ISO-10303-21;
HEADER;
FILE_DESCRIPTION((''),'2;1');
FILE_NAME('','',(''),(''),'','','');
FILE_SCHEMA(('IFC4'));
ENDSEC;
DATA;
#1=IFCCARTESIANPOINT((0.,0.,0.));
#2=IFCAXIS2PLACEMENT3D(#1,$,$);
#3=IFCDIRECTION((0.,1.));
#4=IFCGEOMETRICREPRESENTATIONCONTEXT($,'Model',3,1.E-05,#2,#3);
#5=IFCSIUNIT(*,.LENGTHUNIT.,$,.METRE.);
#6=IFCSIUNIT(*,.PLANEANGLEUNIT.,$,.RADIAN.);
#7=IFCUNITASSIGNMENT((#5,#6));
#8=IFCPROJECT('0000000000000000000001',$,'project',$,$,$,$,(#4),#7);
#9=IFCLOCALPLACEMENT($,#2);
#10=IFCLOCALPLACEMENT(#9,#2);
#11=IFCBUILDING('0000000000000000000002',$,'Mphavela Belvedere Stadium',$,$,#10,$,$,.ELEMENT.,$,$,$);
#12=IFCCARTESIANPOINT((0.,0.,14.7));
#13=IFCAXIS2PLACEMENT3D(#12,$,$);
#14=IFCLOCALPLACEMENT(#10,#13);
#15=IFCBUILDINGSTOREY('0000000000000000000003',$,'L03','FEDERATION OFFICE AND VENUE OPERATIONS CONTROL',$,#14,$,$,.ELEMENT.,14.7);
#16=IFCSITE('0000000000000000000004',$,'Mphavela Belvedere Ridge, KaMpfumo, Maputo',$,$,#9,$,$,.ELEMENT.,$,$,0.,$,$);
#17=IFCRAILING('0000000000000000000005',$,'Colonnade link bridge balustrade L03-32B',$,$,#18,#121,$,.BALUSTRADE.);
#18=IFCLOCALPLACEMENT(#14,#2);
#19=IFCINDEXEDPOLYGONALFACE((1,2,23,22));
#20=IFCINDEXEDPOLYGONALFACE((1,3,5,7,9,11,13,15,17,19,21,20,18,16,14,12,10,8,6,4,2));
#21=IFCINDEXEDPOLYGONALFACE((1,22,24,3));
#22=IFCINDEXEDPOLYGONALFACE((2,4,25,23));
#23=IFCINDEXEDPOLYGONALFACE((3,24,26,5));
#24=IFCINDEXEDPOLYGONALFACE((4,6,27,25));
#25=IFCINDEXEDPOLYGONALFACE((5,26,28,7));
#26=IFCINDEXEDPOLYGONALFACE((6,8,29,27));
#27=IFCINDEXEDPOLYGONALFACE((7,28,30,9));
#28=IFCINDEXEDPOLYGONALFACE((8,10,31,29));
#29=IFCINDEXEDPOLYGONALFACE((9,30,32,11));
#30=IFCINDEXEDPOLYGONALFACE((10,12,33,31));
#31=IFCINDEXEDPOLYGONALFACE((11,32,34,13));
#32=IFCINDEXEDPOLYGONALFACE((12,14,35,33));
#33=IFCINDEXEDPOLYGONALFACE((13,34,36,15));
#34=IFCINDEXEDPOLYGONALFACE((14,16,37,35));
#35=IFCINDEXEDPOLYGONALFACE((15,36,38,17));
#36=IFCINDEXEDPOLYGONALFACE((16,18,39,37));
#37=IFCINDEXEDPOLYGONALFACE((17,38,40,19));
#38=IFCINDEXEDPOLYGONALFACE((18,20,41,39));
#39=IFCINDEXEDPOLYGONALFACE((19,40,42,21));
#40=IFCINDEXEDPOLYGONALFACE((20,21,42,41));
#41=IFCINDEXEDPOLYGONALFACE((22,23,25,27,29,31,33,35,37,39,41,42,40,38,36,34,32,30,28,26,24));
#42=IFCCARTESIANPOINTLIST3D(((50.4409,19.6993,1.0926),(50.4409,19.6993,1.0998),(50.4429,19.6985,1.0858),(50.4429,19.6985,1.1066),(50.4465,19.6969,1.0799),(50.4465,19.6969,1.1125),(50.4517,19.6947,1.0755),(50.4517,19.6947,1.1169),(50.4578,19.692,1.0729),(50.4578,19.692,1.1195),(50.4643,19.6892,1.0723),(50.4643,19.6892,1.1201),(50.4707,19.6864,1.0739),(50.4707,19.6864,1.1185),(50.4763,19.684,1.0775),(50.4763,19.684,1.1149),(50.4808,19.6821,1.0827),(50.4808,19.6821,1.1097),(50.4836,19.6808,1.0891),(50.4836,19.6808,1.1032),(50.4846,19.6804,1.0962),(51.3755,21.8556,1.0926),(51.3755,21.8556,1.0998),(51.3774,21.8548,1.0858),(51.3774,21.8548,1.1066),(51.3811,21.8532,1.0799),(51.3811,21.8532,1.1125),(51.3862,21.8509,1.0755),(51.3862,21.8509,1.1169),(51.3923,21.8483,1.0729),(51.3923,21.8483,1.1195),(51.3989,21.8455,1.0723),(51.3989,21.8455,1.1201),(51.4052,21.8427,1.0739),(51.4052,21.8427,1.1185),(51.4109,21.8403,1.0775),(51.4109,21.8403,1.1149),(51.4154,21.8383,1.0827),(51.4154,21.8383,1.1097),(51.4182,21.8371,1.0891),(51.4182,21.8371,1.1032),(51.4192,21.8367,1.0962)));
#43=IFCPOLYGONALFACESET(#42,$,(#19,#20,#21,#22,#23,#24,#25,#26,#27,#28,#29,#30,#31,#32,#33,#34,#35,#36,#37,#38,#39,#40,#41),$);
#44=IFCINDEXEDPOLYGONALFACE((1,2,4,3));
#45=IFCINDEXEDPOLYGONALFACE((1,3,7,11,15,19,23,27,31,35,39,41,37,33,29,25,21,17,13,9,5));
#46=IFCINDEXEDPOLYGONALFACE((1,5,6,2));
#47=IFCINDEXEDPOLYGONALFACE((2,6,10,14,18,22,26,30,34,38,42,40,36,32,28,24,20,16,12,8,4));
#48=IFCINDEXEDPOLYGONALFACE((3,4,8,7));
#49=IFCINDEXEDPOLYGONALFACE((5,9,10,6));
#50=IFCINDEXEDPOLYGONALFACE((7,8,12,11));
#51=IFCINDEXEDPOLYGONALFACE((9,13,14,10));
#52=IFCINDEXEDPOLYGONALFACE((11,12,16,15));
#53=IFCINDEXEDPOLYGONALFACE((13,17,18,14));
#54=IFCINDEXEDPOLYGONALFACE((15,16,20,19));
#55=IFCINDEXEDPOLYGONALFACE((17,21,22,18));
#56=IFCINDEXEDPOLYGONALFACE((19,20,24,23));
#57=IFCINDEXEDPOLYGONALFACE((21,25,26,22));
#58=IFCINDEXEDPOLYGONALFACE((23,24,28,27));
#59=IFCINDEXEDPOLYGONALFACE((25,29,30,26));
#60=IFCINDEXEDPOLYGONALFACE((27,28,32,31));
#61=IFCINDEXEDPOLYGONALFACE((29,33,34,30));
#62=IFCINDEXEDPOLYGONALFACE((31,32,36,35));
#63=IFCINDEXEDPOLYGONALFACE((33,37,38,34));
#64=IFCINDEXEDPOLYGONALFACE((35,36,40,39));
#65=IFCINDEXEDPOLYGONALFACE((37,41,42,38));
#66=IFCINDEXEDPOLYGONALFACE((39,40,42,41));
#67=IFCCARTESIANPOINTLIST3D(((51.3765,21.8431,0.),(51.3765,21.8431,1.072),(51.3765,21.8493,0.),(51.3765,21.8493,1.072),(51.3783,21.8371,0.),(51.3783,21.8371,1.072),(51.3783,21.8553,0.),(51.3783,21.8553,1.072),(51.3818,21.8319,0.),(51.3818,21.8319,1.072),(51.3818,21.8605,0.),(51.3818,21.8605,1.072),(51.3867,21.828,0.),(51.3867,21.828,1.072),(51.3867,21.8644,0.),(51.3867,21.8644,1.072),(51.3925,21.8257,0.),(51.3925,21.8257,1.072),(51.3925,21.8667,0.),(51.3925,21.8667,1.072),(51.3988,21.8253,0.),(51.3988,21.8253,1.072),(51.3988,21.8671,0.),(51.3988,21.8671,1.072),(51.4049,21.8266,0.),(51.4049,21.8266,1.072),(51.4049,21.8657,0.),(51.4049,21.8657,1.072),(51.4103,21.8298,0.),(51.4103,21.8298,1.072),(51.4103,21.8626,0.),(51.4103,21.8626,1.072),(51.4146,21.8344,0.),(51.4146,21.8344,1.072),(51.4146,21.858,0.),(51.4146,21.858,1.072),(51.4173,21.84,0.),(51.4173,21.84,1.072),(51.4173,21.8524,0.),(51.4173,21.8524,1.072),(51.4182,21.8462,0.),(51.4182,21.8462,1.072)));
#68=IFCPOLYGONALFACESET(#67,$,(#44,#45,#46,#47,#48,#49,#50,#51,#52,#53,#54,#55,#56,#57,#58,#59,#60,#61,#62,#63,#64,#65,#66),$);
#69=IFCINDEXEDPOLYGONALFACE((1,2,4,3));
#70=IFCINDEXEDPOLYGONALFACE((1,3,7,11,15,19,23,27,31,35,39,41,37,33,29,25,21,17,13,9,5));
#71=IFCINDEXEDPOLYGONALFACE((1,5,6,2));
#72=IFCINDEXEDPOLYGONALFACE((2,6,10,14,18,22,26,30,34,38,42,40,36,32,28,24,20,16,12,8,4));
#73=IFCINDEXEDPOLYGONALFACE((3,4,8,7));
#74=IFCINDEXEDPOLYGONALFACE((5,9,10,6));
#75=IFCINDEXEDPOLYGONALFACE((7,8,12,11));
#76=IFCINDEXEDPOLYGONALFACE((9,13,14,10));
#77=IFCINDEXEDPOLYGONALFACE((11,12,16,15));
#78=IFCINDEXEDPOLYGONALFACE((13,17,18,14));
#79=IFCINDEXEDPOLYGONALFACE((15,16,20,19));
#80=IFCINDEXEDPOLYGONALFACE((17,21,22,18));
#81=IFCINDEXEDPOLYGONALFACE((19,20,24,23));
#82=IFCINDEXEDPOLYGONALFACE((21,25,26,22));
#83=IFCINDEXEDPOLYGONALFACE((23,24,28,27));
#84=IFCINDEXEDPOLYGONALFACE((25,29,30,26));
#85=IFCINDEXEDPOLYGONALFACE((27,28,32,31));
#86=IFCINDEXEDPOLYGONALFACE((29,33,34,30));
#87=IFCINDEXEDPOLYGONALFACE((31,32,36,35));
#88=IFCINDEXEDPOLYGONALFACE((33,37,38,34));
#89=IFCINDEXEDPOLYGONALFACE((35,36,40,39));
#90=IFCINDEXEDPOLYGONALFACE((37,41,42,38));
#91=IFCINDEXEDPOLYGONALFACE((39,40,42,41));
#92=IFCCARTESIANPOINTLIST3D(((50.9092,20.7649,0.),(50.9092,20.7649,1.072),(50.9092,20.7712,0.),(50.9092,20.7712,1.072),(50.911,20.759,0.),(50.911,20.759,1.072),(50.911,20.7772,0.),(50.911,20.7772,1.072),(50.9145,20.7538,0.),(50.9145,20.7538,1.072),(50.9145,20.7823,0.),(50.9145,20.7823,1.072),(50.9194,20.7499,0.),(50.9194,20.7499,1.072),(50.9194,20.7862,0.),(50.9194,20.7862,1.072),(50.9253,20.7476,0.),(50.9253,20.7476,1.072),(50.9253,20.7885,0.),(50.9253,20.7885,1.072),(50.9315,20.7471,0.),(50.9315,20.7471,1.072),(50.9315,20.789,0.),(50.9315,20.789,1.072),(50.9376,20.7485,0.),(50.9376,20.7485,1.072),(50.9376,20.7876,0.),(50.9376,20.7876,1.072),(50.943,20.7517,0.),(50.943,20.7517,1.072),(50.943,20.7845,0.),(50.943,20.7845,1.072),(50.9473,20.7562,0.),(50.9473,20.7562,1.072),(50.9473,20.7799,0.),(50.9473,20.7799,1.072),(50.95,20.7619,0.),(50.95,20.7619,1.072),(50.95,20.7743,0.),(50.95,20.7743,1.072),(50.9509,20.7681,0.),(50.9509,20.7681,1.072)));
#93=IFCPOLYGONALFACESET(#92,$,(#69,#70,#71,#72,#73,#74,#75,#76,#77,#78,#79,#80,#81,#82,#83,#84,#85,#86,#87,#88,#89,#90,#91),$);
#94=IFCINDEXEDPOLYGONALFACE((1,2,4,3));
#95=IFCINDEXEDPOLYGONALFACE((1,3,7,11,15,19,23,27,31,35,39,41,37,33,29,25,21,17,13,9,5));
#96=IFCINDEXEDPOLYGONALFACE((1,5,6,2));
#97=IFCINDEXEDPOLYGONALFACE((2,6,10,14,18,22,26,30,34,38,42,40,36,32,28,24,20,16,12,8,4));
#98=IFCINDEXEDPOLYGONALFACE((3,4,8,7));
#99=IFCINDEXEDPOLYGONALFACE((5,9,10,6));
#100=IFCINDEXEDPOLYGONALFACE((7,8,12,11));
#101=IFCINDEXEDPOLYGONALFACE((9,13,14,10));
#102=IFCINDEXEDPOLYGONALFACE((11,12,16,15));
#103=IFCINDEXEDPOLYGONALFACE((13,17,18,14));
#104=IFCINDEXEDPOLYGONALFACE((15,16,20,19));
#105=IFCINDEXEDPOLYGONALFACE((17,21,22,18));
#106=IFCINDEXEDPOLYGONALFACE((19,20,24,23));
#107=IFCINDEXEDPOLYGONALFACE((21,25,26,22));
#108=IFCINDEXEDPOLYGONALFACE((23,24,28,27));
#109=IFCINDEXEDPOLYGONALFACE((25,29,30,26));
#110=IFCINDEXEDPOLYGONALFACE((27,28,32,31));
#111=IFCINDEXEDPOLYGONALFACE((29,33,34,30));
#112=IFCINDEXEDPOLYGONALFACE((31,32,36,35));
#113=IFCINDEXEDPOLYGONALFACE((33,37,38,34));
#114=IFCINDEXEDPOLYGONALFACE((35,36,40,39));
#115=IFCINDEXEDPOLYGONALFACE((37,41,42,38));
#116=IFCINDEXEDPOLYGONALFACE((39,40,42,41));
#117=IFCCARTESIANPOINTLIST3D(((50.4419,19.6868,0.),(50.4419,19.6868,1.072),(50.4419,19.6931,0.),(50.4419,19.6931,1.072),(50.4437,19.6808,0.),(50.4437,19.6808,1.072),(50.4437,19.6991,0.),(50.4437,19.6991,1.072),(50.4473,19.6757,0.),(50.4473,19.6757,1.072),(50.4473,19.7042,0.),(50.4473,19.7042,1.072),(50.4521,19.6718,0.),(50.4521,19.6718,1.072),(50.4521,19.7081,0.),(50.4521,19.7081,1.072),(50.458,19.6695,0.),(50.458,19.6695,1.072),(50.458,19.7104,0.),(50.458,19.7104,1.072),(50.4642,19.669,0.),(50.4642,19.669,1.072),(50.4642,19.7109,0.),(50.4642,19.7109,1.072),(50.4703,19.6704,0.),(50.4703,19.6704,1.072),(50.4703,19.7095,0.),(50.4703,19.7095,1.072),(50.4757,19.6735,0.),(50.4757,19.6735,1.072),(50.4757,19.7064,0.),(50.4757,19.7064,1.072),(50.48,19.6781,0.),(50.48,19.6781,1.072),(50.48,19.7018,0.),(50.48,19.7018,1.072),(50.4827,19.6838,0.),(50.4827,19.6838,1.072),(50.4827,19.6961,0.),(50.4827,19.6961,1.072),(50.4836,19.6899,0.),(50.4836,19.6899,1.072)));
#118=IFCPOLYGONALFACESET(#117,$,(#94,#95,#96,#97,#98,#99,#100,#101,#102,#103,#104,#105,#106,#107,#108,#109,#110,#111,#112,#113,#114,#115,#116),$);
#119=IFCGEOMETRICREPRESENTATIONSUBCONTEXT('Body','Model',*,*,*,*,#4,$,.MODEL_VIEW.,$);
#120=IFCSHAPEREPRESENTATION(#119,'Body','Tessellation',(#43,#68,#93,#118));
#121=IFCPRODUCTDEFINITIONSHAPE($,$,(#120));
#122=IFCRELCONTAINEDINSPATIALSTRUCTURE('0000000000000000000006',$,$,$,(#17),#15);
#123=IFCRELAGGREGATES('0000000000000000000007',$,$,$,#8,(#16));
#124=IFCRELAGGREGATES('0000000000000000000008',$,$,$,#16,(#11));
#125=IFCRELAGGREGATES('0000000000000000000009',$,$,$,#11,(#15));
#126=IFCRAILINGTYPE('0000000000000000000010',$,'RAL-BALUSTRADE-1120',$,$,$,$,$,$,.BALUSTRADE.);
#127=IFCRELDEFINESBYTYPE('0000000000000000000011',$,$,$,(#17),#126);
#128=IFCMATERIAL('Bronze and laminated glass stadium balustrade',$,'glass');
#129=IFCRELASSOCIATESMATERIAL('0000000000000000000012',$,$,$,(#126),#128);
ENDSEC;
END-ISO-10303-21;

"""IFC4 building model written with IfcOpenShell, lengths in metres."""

from ifc_helpers import new_model, si_unit, direction, frame, origin, origin_2d, place, context, subcontext, project, spatial, circle, extrude, material, type_object, element, save


model = new_model("IFC4")

# Units and contexts
model_context = context("Model", 3, precision=1e-05, world=origin(), true_north=direction((0.0, 1.0)))
body_context = subcontext(model_context, "Body", "Model", "MODEL_VIEW")
ifc_project = project(units=[si_unit("LENGTHUNIT", "METRE"), si_unit("PLANEANGLEUNIT", "RADIAN")], contexts=[model_context])

# Site, building, storey
site_placement = place(None, origin())
site = spatial("IfcSite", under=ifc_project, at=site_placement, Name="Mphavela Belvedere Ridge, KaMpfumo, Maputo", CompositionType="ELEMENT", RefElevation=0.0)
building_placement = place(site_placement, origin())
building = spatial("IfcBuilding", under=site, at=building_placement, Name="Mphavela Belvedere Stadium", CompositionType="ELEMENT")
storey_placement = place(building_placement, frame((0.0, 0.0, 14.7)))
storey = spatial("IfcBuildingStorey", under=building, at=storey_placement, Name="L03", Description="FEDERATION OFFICE AND VENUE OPERATIONS CONTROL", CompositionType="ELEMENT", Elevation=14.7)

# Railing
ifc_material_1 = material(Name="Bronze and laminated glass stadium balustrade", Category="glass")
railing_type_1 = type_object("IfcRailingType", Name="RAL-BALUSTRADE-1120", PredefinedType="BALUSTRADE", material=ifc_material_1)
railing_1_placement = place(storey_placement, frame((51.3972, 21.8462, 0.0)))
element("IfcRailing", 1, at=railing_1_placement, inside=storey, type_object=railing_type_1, Name="Colonnade link bridge balustrade L03-32B", PredefinedType="BALUSTRADE", context=body_context, shape_type="SweptSolid", body=[
    extrude(circle(Radius=0.0239, at=origin_2d()), frame((0.0, 0.0, 1.0962), z_axis=(-0.397677, -0.917525, 0.0), x_axis=(0.917525, -0.397677, 0.0)), (0.0, 0.0, 1.0), 2.3501),
    extrude(circle(Radius=0.021, at=origin_2d()), origin(), (0.0, 0.0, 1.0), 1.072),
    extrude(circle(Radius=0.021, at=origin_2d()), frame((-0.4673, -1.0781, 0.0)), (0.0, 0.0, 1.0), 1.072),
    extrude(circle(Radius=0.021, at=origin_2d()), frame((-0.9346, -2.1562, 0.0)), (0.0, 0.0, 1.0), 1.072),
])

save(model, "model.ifc")
